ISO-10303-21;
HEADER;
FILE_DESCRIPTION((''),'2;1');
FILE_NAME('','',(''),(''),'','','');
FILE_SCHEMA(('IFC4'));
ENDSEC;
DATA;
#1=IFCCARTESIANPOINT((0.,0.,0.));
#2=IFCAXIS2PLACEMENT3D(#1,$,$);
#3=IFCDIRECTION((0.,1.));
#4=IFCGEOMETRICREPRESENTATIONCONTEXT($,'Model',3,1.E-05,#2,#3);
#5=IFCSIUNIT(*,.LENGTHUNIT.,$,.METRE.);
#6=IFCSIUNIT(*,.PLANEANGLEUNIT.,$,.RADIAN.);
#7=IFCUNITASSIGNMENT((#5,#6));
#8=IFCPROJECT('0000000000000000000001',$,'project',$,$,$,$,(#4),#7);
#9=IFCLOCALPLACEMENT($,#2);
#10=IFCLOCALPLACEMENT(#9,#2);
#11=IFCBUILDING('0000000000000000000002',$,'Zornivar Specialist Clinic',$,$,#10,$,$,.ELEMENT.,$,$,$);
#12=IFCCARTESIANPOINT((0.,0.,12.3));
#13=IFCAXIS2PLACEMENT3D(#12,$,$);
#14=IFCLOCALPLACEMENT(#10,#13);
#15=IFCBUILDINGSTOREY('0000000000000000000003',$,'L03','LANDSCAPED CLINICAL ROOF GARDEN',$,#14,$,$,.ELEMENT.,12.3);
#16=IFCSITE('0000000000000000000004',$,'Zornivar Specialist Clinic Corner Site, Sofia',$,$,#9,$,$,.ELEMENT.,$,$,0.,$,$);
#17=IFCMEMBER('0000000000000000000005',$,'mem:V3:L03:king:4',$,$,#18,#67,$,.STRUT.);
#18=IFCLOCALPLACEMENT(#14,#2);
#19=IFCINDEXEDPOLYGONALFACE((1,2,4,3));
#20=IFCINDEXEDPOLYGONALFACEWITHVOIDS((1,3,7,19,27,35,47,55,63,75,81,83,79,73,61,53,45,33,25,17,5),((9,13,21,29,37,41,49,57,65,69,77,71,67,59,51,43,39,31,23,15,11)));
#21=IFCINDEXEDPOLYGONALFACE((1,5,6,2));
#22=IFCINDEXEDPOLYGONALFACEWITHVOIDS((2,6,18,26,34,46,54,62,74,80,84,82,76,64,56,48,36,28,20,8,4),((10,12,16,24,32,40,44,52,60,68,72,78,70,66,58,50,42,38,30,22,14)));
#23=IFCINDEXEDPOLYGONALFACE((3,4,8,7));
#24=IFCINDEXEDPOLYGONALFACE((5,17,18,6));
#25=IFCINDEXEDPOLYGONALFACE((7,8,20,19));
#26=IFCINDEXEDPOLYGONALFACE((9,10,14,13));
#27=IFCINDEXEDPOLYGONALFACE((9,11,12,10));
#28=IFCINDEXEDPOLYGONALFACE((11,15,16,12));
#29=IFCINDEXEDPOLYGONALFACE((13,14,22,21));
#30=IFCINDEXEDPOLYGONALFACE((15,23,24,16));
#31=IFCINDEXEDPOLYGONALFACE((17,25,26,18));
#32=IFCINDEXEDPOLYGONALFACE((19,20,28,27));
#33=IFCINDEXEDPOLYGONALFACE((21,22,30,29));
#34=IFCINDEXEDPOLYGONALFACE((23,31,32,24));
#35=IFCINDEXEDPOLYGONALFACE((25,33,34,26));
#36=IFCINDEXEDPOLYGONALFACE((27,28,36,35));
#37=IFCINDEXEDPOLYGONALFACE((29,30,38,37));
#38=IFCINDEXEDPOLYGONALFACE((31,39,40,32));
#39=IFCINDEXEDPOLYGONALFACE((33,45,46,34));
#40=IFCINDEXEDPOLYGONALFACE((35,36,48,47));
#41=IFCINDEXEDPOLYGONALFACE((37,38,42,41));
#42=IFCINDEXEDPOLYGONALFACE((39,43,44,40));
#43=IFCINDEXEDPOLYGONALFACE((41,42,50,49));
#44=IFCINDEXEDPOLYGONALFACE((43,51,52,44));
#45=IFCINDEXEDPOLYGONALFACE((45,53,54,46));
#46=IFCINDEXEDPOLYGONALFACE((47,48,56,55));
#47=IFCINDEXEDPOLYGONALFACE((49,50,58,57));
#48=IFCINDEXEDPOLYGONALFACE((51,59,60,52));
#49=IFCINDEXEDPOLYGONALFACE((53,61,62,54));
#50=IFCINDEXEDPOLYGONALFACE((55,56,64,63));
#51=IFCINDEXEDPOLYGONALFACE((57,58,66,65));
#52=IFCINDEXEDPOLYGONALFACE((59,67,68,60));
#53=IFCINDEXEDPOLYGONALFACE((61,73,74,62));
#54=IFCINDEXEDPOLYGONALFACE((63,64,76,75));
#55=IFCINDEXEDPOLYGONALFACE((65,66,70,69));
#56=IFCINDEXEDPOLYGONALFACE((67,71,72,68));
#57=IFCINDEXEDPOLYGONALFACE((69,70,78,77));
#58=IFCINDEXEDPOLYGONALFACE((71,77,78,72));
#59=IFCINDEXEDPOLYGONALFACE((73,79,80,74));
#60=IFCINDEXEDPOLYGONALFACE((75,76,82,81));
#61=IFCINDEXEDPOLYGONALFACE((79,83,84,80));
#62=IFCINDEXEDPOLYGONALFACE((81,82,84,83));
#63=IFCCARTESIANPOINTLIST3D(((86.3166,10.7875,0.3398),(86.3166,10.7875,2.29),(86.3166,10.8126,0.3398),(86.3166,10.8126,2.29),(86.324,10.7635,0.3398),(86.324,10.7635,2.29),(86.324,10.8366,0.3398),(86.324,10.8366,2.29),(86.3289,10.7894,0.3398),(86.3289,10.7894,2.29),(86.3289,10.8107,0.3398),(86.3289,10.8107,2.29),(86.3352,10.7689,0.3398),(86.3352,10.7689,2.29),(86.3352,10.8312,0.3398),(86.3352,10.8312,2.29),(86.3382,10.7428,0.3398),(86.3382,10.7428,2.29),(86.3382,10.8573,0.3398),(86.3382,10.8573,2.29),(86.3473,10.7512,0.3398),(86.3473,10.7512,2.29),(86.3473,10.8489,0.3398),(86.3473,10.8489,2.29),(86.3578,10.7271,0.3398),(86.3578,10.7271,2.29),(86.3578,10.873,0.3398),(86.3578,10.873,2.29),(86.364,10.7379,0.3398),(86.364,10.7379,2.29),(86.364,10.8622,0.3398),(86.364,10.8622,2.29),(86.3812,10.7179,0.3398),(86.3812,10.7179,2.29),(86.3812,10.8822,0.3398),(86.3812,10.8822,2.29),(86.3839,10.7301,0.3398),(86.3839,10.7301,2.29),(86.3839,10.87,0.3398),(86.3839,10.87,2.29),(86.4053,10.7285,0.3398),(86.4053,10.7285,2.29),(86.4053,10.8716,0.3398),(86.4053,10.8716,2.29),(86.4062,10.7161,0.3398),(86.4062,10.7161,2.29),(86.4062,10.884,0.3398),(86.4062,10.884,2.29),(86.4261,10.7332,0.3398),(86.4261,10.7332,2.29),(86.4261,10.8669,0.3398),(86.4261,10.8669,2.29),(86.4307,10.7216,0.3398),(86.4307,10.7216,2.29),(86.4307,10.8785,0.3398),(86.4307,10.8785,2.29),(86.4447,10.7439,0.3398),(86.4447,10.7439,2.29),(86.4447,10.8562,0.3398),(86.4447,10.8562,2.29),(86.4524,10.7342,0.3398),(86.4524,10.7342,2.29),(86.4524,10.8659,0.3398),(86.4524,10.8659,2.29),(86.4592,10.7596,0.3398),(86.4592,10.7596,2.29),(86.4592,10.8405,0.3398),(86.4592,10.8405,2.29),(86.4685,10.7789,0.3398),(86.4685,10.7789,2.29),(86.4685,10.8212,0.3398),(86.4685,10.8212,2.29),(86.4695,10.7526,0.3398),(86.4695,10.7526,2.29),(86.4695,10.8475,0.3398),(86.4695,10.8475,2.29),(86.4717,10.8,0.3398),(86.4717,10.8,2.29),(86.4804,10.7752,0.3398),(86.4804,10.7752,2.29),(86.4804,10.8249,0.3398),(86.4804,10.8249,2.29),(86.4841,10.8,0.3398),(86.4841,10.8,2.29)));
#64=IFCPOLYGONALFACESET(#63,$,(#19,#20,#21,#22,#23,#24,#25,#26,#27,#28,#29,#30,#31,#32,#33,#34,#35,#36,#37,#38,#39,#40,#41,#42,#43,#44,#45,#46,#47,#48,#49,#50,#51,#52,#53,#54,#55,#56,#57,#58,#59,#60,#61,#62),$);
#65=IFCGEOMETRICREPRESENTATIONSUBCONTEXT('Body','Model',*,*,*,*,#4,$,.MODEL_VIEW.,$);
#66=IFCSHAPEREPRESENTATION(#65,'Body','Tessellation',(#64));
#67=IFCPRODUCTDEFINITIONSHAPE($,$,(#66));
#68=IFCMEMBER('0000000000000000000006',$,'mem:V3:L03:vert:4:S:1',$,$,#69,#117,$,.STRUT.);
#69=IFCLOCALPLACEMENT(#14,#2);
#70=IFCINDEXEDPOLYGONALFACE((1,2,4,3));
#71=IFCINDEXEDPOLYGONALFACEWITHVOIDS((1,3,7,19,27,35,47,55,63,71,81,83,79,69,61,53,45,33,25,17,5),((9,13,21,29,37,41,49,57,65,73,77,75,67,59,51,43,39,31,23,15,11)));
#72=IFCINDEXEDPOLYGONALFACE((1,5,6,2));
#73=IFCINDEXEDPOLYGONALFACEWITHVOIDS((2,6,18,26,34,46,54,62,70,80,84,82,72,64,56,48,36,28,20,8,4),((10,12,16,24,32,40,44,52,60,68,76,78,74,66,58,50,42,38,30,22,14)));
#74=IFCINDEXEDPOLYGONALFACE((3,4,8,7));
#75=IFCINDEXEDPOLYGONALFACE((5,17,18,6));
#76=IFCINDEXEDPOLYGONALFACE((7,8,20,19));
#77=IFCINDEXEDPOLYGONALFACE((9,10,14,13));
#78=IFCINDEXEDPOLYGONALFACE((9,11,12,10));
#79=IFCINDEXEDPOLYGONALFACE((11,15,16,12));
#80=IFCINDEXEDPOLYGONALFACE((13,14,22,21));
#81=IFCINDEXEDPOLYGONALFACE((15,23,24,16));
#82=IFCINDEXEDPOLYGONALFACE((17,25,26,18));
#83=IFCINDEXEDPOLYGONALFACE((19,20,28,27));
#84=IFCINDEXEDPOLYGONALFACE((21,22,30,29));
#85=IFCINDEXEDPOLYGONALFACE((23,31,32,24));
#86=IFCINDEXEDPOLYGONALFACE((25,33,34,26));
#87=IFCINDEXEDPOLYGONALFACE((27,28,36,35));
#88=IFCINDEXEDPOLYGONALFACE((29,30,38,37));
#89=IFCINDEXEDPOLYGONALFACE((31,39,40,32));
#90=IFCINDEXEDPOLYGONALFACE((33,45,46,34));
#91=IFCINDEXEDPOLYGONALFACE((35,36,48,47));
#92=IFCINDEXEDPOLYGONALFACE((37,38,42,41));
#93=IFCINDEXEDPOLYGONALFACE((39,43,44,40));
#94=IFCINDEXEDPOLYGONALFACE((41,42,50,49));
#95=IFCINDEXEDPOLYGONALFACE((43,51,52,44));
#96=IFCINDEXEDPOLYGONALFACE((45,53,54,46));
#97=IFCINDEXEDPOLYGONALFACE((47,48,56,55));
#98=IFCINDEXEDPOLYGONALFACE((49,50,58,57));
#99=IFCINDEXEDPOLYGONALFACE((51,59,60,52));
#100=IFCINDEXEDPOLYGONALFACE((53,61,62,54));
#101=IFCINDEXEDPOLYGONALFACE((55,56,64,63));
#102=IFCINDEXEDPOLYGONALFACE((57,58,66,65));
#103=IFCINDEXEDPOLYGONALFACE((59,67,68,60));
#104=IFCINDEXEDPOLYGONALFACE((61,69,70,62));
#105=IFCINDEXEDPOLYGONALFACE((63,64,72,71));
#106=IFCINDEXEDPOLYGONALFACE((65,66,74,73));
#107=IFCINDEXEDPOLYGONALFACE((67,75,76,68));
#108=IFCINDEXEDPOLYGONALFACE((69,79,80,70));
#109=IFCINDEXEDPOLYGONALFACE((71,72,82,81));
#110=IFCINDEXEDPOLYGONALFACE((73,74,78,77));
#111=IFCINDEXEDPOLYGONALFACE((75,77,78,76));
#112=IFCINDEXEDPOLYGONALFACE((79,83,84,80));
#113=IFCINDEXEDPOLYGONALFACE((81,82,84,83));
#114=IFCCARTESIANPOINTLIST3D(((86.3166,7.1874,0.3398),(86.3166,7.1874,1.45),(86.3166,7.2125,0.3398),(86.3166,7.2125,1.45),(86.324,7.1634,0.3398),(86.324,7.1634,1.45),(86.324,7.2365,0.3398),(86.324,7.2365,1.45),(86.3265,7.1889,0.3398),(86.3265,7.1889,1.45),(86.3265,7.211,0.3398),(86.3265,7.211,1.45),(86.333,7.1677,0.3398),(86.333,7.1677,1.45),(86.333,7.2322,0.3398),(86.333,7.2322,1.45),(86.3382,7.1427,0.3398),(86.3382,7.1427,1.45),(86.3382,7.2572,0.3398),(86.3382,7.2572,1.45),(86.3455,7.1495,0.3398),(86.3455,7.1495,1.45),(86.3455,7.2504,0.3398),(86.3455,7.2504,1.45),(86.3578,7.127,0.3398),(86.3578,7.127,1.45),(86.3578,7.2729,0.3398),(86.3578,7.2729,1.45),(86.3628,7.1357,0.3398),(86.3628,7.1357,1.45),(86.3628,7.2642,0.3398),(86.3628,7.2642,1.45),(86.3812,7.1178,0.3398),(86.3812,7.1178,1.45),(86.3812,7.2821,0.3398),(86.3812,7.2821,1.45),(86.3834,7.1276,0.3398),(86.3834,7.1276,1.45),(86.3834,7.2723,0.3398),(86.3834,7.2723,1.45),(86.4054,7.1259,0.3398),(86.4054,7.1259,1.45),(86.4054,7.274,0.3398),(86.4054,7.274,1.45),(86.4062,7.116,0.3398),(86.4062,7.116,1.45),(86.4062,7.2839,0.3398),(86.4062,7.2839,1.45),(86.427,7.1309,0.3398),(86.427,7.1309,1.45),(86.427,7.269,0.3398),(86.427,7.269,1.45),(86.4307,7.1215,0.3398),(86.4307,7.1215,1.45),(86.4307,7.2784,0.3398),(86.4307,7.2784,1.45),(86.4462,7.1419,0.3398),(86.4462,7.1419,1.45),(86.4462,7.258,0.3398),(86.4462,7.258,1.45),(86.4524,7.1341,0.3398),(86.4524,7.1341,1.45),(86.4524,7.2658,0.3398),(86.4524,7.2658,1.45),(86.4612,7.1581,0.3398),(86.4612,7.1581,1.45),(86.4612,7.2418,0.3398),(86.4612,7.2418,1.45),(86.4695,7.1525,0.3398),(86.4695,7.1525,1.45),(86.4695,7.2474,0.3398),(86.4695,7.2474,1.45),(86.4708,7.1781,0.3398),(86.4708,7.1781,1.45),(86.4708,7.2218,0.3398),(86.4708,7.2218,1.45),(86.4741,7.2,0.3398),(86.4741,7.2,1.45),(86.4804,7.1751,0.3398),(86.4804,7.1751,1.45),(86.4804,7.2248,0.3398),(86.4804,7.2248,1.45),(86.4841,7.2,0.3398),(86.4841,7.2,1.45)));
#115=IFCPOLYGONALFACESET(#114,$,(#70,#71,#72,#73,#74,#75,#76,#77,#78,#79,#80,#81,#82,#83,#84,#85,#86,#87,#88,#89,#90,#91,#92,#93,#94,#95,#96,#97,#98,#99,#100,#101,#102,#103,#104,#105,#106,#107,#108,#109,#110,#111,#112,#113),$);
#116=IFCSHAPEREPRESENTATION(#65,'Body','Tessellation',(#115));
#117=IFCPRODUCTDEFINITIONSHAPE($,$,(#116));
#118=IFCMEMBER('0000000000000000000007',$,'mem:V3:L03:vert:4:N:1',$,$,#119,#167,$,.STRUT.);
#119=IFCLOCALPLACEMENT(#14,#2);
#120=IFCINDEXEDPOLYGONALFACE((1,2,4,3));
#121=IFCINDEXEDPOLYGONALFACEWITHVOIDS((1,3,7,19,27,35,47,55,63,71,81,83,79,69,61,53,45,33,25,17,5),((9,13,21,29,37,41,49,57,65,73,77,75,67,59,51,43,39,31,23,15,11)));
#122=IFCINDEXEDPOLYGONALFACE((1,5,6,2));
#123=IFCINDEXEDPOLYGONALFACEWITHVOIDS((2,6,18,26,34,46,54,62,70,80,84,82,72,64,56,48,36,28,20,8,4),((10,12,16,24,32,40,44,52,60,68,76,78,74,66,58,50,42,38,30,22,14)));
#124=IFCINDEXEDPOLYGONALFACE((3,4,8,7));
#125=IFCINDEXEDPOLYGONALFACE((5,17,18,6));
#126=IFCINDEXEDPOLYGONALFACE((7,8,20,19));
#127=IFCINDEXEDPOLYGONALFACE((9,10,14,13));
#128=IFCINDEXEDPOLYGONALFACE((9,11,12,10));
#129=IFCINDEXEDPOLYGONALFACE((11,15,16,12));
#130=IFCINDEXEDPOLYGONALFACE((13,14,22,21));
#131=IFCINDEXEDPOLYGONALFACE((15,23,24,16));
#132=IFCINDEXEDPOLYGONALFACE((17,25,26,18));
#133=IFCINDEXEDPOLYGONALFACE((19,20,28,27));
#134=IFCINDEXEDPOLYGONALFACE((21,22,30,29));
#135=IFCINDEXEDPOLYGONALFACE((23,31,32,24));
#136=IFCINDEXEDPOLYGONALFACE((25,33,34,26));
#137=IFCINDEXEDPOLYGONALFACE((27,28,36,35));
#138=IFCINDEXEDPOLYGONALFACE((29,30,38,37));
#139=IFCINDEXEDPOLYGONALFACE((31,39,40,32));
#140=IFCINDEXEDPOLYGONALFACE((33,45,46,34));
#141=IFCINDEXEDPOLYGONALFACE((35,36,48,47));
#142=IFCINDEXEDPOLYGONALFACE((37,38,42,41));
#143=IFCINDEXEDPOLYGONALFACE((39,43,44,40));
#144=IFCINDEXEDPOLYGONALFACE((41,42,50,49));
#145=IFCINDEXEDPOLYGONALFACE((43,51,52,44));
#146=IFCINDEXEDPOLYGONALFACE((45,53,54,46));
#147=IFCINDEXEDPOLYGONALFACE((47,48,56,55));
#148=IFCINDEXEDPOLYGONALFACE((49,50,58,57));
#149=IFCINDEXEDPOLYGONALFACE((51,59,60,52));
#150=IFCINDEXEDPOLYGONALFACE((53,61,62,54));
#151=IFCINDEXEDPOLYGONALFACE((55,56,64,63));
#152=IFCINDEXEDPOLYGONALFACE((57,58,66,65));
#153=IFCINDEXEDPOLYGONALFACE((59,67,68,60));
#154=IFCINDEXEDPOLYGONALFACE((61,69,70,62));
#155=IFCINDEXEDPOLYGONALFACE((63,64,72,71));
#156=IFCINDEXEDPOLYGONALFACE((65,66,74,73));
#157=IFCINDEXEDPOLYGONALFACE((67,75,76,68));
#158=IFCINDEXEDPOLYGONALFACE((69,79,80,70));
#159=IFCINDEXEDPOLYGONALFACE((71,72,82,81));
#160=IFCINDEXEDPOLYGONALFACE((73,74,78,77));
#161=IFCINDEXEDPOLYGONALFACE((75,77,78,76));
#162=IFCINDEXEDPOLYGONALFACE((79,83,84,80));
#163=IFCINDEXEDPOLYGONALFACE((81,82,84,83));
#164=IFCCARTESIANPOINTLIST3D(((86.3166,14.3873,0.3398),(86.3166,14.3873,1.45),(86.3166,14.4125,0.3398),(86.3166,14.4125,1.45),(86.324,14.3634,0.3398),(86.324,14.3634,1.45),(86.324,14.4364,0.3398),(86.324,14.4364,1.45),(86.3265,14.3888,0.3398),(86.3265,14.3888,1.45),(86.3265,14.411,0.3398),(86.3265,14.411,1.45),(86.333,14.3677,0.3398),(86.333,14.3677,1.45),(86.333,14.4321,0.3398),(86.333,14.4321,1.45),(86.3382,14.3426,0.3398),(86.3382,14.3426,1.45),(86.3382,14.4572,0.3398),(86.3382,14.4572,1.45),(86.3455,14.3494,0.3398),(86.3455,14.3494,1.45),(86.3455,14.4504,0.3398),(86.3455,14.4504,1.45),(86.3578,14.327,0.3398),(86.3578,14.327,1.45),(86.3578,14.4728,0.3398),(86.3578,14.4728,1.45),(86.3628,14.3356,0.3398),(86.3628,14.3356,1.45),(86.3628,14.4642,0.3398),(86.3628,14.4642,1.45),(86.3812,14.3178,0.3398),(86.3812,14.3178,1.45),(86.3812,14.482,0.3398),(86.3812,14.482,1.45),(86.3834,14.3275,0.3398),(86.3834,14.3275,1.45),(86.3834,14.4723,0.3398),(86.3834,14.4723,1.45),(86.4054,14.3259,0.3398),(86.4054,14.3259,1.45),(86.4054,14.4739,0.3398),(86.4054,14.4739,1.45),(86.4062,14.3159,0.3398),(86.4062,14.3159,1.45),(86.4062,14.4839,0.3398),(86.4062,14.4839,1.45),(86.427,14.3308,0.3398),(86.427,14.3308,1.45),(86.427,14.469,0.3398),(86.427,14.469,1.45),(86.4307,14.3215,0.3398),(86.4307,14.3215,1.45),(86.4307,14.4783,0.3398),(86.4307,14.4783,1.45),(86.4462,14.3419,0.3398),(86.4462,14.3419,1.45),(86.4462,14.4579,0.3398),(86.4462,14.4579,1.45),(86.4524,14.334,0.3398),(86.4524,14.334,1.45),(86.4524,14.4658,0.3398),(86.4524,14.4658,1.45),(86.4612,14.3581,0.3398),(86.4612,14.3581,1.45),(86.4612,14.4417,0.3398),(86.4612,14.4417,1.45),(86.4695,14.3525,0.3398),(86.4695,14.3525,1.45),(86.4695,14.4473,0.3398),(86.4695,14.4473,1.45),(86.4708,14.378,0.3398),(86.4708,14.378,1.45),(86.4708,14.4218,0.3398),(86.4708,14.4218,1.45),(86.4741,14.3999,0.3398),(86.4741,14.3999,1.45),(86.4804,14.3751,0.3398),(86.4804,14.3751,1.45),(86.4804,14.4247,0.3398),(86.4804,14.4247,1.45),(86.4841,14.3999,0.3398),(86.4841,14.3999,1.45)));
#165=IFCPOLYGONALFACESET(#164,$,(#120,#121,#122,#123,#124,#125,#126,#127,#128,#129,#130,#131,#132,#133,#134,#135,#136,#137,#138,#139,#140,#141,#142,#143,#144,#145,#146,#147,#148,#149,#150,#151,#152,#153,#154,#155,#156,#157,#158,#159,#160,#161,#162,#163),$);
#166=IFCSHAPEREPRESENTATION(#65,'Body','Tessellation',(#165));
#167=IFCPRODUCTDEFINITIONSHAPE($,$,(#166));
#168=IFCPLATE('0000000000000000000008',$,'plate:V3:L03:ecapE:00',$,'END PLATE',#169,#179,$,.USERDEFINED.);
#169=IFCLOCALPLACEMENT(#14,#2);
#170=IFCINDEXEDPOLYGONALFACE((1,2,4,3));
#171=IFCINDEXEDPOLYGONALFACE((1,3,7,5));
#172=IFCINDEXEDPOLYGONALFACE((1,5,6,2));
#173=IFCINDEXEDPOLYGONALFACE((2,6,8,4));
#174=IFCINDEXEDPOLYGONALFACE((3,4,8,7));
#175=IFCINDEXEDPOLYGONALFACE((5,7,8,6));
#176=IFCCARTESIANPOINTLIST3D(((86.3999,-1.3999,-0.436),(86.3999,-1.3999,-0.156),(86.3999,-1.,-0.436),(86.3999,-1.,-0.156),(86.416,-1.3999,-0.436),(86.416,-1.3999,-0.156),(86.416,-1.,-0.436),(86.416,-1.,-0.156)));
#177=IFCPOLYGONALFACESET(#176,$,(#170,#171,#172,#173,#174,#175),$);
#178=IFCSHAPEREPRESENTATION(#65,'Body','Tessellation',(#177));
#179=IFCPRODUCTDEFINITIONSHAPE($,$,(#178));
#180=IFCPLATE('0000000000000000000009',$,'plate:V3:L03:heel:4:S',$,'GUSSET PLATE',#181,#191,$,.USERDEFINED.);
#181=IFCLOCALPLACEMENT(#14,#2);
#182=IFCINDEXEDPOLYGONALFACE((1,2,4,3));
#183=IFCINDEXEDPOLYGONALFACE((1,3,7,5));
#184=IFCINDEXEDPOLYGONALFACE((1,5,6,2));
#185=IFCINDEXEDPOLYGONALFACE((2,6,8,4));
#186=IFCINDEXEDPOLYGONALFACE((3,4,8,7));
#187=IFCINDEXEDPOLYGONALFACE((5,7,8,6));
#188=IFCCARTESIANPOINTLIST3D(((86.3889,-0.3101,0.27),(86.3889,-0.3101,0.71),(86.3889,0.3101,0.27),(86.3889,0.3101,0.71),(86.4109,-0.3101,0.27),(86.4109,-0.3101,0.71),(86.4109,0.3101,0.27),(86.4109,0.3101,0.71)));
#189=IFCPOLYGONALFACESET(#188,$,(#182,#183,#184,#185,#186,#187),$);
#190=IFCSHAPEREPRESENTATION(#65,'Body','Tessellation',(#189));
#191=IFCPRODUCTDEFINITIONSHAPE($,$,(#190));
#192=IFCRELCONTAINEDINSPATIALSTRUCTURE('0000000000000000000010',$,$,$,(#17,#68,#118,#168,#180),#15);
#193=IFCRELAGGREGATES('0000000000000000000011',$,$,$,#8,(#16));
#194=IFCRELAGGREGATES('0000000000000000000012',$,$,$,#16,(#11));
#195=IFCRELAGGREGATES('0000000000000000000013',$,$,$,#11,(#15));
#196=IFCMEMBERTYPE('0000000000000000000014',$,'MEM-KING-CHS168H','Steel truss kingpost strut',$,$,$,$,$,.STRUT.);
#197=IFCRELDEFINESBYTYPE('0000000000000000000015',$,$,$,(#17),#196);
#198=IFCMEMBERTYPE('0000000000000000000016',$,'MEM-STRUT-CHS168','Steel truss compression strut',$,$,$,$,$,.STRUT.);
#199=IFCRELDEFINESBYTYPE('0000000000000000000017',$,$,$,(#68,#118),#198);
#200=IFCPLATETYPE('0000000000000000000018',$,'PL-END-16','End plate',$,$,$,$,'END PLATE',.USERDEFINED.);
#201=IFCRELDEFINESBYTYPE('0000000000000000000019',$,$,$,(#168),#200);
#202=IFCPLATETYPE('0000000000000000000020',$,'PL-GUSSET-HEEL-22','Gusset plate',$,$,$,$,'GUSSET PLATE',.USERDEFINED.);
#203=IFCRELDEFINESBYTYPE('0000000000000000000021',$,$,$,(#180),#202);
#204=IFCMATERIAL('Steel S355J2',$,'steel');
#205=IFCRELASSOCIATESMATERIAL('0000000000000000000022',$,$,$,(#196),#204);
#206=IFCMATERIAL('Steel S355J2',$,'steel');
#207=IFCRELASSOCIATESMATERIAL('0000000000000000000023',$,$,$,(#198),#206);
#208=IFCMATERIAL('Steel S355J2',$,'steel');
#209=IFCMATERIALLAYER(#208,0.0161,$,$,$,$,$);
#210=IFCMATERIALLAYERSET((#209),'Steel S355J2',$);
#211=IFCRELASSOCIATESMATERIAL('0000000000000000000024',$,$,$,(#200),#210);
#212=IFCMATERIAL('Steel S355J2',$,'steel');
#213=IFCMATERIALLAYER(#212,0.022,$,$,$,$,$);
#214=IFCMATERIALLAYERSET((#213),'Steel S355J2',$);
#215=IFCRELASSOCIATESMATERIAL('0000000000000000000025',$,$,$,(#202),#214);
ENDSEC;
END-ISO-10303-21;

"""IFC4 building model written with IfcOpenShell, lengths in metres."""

from ifc_helpers import new_model, si_unit, direction, frame, origin, origin_2d, place, context, subcontext, project, spatial, rectangle, hollow_circle, extrude, material, layer, layer_set, material_profile, profile_set, type_object, element, save


model = new_model("IFC4")

# Units and contexts
model_context = context("Model", 3, precision=1e-05, world=origin(), true_north=direction((0.0, 1.0)))
body_context = subcontext(model_context, "Body", "Model", "MODEL_VIEW")
ifc_project = project(units=[si_unit("LENGTHUNIT", "METRE"), si_unit("PLANEANGLEUNIT", "RADIAN")], contexts=[model_context])

# Site, building, storey
site_placement = place(None, origin())
site = spatial("IfcSite", under=ifc_project, at=site_placement, Name="Zornivar Specialist Clinic Corner Site, Sofia", CompositionType="ELEMENT", RefElevation=0.0)
building_placement = place(site_placement, origin())
building = spatial("IfcBuilding", under=site, at=building_placement, Name="Zornivar Specialist Clinic", CompositionType="ELEMENT")
storey_placement = place(building_placement, frame((0.0, 0.0, 12.3)))
storey = spatial("IfcBuildingStorey", under=building, at=storey_placement, Name="L03", Description="LANDSCAPED CLINICAL ROOF GARDEN", CompositionType="ELEMENT", Elevation=12.3)

# Members
ifc_material_1 = material(Name="Steel S355J2", Category="steel")
ifc_material_profile_1 = material_profile(ifc_material_1, hollow_circle(Radius=0.0842, WallThickness=0.0125, at=origin_2d()), Name="CHS 168.3x12.5")
ifc_profile_set_1 = profile_set([ifc_material_profile_1], Name="Steel S355J2")
member_type_1 = type_object("IfcMemberType", Name="MEM-KING-CHS168H", Description="Steel truss kingpost strut", PredefinedType="STRUT", material=ifc_profile_set_1)
member_1_placement = place(storey_placement, frame((86.3999, 10.8, 0.3398), z_axis=(0.0, 0.0, 1.0), x_axis=(1.0, 0.0, 0.0)))
element("IfcMember", 1, at=member_1_placement, inside=storey, type_object=member_type_1, Name="mem:V3:L03:king:4", PredefinedType="STRUT", context=body_context, shape_type="SweptSolid", body=[
    extrude(hollow_circle(Radius=0.0842, WallThickness=0.0125, at=origin_2d()), origin(), (0.0, 0.0, 1.0), 1.9502),
])
ifc_material_2 = material(Name="Steel S355J2", Category="steel")
ifc_material_profile_2 = material_profile(ifc_material_2, hollow_circle(Radius=0.0842, WallThickness=0.01, at=origin_2d()), Name="CHS 168.3x10")
ifc_profile_set_2 = profile_set([ifc_material_profile_2], Name="Steel S355J2")
member_type_2 = type_object("IfcMemberType", Name="MEM-STRUT-CHS168", Description="Steel truss compression strut", PredefinedType="STRUT", material=ifc_profile_set_2)
for number, where, z_axis, x_axis, name in (
    (2, (86.3999, 7.2, 0.3398), (0.0, 0.0, 1.0), (1.0, 0.0, 0.0), "mem:V3:L03:vert:4:S:1"),
    (3, (86.3999, 14.3999, 0.3398), (0.0, 0.0, 1.0), (1.0, 0.0, 0.0), "mem:V3:L03:vert:4:N:1"),
):
    element("IfcMember", number, at=place(storey_placement, frame(where, z_axis=z_axis, x_axis=x_axis)), inside=storey, type_object=member_type_2, Name=name, PredefinedType="STRUT", context=body_context, shape_type="SweptSolid", body=[
        extrude(hollow_circle(Radius=0.0842, WallThickness=0.01, at=origin_2d()), origin(), (0.0, 0.0, 1.0), 1.1101),
    ])

# Plates
ifc_material_3 = material(Name="Steel S355J2", Category="steel")
ifc_layer_1 = layer(ifc_material_3, 0.0161)
ifc_layer_set_1 = layer_set([ifc_layer_1], Name="Steel S355J2")
plate_type_1 = type_object("IfcPlateType", Name="PL-END-16", Description="End plate", ElementType="END PLATE", PredefinedType="USERDEFINED", material=ifc_layer_set_1)
plate_1_placement = place(storey_placement, frame((86.408, -1.2, -0.436), z_axis=(0.0, 0.0, 1.0), x_axis=(1.0, 0.0, 0.0)))
element("IfcPlate", 4, at=plate_1_placement, inside=storey, type_object=plate_type_1, Name="plate:V3:L03:ecapE:00", ObjectType="END PLATE", PredefinedType="USERDEFINED", context=body_context, shape_type="SweptSolid", body=[
    extrude(rectangle(XDim=0.0161, YDim=0.3999, at=origin_2d()), origin(), (0.0, 0.0, 1.0), 0.28),
])
ifc_material_4 = material(Name="Steel S355J2", Category="steel")
ifc_layer_2 = layer(ifc_material_4, 0.022)
ifc_layer_set_2 = layer_set([ifc_layer_2], Name="Steel S355J2")
plate_type_2 = type_object("IfcPlateType", Name="PL-GUSSET-HEEL-22", Description="Gusset plate", ElementType="GUSSET PLATE", PredefinedType="USERDEFINED", material=ifc_layer_set_2)
plate_2_placement = place(storey_placement, frame((86.3999, 0.0, 0.27), z_axis=(0.0, 0.0, 1.0), x_axis=(1.0, 0.0, 0.0)))
element("IfcPlate", 5, at=plate_2_placement, inside=storey, type_object=plate_type_2, Name="plate:V3:L03:heel:4:S", ObjectType="GUSSET PLATE", PredefinedType="USERDEFINED", context=body_context, shape_type="SweptSolid", body=[
    extrude(rectangle(XDim=0.022, YDim=0.6201, at=origin_2d()), origin(), (0.0, 0.0, 1.0), 0.4399),
])

save(model, "model.ifc")
